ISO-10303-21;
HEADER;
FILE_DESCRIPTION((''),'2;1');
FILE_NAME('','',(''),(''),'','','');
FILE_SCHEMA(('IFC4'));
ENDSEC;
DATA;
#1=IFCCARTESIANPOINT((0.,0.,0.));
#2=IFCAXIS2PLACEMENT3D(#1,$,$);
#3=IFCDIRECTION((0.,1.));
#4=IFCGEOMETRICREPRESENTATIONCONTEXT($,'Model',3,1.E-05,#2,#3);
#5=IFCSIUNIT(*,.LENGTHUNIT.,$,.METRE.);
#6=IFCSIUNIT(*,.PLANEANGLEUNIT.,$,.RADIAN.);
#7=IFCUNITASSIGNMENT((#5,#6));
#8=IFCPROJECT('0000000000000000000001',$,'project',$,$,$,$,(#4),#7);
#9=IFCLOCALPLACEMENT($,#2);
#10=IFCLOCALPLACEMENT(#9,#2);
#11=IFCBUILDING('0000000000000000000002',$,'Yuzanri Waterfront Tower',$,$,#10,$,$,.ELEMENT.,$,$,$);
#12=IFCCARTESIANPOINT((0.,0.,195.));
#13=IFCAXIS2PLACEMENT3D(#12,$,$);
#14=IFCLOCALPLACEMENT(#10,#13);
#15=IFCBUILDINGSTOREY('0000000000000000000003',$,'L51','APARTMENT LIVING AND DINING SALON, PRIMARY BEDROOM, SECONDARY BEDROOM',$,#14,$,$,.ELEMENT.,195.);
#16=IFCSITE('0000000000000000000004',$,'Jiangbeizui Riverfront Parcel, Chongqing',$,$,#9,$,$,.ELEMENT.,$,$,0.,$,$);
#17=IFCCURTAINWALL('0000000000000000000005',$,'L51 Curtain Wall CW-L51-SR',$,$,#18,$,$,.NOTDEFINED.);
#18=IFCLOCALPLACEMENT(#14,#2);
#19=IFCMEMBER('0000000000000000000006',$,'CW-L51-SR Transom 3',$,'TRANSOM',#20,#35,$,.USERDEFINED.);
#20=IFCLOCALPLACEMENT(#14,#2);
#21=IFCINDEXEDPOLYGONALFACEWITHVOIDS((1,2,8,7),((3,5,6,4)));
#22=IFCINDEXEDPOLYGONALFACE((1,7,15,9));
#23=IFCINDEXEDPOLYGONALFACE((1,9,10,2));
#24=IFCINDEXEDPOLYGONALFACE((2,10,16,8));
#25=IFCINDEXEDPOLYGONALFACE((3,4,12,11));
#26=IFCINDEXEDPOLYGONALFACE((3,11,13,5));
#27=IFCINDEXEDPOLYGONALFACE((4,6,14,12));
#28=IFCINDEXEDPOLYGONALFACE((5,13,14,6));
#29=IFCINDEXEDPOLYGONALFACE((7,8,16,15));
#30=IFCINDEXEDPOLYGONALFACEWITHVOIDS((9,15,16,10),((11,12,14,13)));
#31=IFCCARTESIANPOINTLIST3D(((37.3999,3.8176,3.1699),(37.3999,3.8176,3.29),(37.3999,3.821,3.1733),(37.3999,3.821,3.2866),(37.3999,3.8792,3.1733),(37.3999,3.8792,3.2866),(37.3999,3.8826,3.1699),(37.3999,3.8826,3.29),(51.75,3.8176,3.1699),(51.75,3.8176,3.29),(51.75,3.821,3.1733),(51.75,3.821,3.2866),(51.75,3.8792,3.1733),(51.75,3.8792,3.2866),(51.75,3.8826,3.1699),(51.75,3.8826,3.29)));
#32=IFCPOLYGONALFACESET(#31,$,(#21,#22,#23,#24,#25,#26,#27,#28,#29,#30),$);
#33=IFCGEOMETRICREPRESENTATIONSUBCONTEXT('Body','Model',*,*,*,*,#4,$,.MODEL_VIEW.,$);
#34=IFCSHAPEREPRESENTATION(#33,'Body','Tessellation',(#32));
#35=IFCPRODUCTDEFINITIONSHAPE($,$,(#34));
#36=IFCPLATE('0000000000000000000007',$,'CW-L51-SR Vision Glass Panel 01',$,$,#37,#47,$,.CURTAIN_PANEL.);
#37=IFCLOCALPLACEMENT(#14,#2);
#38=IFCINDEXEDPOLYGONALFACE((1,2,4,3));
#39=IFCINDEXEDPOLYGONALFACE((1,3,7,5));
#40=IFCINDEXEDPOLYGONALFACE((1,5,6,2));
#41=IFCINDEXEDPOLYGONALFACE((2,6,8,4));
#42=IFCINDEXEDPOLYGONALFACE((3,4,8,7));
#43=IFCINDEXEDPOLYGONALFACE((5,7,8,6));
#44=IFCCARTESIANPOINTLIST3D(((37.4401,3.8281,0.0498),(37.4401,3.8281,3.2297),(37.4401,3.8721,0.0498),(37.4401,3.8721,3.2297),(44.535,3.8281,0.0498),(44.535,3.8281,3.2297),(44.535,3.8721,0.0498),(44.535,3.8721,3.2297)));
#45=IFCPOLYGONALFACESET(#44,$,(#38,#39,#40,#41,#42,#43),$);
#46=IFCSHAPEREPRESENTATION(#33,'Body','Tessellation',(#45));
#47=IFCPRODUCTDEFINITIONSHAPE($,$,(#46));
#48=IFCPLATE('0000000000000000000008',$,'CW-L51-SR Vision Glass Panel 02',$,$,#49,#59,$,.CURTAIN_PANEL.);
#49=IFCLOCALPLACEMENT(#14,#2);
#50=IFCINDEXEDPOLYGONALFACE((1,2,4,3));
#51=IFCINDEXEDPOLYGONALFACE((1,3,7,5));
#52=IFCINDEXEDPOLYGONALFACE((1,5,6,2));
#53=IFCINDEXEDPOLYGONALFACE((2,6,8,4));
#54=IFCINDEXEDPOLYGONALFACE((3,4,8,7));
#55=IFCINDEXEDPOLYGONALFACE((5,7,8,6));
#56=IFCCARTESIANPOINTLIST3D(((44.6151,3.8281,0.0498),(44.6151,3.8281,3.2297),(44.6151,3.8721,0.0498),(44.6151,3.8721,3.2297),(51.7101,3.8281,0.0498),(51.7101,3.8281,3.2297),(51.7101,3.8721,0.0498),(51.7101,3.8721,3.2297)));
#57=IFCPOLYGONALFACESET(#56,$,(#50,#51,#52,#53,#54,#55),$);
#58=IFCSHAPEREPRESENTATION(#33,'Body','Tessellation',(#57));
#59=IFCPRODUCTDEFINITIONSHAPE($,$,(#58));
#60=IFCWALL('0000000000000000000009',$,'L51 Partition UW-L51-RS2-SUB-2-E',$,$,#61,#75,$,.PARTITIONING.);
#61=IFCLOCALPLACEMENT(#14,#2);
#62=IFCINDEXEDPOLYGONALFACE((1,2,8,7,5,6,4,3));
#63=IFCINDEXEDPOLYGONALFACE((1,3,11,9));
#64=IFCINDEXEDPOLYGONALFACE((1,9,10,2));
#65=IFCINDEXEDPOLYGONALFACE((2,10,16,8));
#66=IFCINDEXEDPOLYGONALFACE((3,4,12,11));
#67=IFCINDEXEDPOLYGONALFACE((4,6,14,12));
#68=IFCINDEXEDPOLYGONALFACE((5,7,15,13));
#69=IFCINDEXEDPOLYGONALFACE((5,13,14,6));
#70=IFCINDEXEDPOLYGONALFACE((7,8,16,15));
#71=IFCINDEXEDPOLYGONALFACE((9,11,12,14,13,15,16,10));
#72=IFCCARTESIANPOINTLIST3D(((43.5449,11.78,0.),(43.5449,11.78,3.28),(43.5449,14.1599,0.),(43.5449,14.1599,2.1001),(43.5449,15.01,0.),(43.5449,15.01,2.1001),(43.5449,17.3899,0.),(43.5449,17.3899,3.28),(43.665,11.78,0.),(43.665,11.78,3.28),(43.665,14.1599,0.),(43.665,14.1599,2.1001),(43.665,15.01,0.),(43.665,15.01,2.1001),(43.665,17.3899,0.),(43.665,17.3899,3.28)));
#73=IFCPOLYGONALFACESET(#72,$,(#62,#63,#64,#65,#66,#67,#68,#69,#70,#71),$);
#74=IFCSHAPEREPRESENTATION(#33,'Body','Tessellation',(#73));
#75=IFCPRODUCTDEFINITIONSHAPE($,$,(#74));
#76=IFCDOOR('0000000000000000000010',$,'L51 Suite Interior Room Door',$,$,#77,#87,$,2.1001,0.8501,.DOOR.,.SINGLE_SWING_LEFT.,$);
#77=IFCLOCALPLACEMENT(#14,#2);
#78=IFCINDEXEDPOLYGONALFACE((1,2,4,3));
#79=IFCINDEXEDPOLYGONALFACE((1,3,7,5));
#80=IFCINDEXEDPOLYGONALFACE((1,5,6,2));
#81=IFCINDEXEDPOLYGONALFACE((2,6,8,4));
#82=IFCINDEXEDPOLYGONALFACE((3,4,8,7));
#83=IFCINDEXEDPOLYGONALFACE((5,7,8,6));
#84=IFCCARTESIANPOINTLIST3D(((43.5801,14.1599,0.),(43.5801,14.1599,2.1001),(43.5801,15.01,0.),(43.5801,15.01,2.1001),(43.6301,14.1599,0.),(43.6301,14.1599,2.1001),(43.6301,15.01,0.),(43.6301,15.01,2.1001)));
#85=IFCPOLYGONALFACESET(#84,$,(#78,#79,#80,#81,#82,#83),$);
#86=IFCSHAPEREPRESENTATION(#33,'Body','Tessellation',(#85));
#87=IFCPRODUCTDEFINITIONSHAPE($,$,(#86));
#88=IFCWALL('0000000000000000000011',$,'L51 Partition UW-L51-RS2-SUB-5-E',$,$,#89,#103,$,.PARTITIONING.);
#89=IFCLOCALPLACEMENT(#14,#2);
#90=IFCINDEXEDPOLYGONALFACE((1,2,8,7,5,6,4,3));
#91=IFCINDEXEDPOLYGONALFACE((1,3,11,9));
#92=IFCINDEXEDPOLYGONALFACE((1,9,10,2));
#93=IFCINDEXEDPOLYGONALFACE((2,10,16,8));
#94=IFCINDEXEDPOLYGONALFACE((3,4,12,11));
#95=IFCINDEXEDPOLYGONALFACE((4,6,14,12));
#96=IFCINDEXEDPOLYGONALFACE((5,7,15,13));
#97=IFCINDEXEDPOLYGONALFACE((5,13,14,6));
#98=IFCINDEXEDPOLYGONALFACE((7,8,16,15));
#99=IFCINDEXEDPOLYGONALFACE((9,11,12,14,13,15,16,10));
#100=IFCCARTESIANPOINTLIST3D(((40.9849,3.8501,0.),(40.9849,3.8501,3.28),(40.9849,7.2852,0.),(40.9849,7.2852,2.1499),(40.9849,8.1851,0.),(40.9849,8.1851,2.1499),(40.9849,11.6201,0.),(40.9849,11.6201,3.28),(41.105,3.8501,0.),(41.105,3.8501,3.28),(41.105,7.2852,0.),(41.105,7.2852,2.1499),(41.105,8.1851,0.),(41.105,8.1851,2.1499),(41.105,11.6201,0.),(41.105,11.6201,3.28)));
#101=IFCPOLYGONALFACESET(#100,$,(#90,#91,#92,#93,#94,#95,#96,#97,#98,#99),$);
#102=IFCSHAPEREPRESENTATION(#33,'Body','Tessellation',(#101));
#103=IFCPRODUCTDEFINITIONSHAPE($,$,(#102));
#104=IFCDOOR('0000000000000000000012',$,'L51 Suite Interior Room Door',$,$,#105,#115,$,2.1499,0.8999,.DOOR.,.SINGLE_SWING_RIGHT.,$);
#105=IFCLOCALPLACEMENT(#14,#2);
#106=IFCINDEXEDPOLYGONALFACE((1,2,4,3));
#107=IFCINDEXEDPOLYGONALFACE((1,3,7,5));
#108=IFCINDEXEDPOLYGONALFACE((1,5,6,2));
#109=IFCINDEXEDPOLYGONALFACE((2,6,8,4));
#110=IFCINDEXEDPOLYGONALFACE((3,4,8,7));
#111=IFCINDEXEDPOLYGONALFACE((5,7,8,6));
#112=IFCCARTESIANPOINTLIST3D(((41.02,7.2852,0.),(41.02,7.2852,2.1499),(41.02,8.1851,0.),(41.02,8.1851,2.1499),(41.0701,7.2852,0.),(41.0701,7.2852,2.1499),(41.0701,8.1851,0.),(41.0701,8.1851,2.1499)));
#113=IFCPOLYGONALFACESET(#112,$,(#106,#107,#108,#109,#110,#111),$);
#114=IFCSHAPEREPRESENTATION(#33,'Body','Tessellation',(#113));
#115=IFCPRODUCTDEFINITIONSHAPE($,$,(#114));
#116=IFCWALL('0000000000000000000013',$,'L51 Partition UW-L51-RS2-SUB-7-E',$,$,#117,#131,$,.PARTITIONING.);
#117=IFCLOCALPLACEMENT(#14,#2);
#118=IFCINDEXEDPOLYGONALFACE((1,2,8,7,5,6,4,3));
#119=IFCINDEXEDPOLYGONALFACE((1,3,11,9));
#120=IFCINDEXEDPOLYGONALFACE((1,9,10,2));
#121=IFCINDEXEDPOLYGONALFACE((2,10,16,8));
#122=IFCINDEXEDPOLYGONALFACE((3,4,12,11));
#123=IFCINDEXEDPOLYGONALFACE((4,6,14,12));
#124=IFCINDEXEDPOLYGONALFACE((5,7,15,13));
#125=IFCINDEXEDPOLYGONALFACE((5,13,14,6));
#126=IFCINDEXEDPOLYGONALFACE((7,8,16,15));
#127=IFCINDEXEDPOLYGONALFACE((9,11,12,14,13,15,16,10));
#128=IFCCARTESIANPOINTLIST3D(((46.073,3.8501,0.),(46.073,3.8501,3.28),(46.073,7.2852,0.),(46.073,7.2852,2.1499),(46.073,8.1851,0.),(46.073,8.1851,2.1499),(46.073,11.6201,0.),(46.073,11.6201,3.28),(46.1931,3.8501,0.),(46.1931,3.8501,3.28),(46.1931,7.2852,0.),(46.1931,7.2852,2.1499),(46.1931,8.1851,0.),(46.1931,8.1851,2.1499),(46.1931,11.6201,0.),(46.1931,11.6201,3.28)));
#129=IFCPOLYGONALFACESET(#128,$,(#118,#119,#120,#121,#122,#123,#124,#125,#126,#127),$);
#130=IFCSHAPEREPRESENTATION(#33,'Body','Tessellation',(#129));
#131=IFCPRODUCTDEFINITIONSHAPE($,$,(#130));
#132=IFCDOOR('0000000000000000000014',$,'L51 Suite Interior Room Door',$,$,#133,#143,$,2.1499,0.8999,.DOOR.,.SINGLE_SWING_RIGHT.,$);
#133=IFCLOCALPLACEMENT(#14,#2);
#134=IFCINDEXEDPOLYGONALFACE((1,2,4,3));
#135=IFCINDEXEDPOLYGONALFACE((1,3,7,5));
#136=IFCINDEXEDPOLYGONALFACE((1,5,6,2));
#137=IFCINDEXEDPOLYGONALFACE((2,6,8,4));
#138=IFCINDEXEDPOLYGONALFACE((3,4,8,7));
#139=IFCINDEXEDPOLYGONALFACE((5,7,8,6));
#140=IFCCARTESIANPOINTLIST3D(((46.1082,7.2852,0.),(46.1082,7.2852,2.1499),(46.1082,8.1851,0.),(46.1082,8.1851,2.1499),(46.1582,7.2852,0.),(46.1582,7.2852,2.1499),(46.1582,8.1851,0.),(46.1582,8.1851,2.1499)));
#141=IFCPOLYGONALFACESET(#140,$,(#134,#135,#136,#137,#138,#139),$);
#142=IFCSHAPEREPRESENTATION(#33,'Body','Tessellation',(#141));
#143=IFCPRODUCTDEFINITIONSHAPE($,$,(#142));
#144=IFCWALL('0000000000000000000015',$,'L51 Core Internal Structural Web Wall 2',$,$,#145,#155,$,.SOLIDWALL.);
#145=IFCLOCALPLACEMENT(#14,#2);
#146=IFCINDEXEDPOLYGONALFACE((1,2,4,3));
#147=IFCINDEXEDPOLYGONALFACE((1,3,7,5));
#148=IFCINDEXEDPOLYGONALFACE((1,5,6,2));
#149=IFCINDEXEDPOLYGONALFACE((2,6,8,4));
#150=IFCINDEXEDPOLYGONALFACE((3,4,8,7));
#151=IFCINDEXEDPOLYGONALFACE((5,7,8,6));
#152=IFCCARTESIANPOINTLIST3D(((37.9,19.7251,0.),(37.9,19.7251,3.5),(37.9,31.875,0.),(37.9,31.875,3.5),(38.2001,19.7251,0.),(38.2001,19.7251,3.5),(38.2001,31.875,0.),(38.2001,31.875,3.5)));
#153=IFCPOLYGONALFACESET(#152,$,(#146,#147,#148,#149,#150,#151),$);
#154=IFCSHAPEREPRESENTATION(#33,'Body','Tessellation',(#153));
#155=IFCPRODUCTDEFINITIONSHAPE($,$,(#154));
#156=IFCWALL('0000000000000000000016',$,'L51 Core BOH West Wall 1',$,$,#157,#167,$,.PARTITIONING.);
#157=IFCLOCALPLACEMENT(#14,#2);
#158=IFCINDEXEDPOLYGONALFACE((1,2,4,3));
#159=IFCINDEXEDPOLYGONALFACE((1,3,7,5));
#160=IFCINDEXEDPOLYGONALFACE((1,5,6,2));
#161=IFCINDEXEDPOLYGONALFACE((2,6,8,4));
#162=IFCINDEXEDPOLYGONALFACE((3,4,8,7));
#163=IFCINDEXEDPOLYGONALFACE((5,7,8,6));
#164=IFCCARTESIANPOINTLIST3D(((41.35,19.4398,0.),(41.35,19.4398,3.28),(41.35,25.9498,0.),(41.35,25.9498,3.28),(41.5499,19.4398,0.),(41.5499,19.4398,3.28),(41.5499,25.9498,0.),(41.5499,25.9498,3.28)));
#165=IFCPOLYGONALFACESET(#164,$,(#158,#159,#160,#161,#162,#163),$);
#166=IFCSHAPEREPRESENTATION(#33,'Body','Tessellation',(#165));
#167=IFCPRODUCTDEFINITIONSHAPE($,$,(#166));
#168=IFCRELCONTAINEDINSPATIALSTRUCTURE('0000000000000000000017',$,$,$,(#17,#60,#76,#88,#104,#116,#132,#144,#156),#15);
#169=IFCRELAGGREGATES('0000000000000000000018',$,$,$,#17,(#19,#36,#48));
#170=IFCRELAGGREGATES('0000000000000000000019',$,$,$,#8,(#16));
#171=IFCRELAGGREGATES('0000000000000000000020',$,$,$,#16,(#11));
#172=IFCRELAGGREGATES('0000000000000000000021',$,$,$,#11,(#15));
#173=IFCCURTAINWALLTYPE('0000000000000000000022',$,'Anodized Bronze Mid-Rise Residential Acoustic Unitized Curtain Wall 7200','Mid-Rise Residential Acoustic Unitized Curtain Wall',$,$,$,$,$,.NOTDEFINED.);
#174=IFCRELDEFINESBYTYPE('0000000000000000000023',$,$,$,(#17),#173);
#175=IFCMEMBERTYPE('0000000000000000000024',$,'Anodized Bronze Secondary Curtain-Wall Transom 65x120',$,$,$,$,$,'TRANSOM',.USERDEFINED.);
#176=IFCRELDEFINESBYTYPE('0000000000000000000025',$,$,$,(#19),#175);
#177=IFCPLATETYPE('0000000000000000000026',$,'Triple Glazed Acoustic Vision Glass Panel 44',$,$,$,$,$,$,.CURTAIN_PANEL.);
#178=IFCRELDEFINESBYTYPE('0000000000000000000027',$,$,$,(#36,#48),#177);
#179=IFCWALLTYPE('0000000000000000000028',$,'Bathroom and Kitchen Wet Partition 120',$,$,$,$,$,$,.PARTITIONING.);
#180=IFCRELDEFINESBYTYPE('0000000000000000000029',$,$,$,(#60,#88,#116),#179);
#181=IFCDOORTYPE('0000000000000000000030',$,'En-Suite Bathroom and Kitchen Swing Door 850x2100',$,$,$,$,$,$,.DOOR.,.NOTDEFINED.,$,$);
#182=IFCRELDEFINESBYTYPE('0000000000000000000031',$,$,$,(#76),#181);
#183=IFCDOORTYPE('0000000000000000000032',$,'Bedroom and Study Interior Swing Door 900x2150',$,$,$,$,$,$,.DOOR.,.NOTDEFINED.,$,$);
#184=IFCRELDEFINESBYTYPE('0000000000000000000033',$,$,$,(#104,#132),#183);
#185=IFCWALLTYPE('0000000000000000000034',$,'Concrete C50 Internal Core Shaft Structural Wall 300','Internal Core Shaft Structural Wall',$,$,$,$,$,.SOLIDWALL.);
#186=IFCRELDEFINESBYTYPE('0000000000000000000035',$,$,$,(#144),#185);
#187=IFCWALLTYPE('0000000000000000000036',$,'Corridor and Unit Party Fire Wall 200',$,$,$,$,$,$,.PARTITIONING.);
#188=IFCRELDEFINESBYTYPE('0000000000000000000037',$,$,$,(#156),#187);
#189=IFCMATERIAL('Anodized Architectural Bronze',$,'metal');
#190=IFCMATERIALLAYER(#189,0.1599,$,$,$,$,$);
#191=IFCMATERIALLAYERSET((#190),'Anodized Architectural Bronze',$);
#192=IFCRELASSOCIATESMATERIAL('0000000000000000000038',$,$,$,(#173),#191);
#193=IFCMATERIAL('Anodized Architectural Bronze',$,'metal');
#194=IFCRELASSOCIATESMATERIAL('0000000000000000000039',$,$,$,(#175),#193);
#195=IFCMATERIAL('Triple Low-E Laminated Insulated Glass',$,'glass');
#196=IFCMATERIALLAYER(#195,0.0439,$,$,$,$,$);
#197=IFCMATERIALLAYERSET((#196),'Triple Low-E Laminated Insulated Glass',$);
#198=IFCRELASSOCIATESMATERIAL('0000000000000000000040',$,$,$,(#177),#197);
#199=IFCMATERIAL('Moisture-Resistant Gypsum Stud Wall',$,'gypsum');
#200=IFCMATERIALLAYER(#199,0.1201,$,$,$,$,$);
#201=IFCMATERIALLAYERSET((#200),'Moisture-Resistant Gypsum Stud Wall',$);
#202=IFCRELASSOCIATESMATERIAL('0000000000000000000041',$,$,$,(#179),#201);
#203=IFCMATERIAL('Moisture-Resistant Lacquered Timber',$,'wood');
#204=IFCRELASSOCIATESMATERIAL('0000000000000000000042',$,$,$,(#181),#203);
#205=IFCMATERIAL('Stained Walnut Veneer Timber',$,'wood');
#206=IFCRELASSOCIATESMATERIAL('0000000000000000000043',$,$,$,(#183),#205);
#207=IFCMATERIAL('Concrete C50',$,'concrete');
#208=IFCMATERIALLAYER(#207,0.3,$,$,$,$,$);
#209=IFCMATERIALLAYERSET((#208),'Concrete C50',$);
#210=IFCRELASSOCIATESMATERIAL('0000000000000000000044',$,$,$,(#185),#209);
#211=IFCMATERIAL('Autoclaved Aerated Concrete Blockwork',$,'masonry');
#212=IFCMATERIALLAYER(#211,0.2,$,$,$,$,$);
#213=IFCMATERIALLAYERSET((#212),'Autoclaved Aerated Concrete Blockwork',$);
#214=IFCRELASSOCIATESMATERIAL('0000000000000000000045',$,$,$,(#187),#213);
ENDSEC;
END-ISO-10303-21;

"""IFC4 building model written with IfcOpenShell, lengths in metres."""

from ifc_helpers import new_model, si_unit, direction, frame, frame_2d, origin, origin_2d, place, context, subcontext, project, spatial, rectangle, hollow_rectangle, extrude, source, transform, mapped, material, layer, layer_set, material_profile, profile_set, type_object, element, fill, aggregate, save


model = new_model("IFC4")

# Units and contexts
model_context = context("Model", 3, precision=1e-05, world=origin(), true_north=direction((0.0, 1.0)))
body_context = subcontext(model_context, "Body", "Model", "MODEL_VIEW")
ifc_project = project(units=[si_unit("LENGTHUNIT", "METRE"), si_unit("PLANEANGLEUNIT", "RADIAN")], contexts=[model_context])

# Site, building, storey
site_placement = place(None, origin())
site = spatial("IfcSite", under=ifc_project, at=site_placement, Name="Jiangbeizui Riverfront Parcel, Chongqing", CompositionType="ELEMENT", RefElevation=0.0)
building_placement = place(site_placement, origin())
building = spatial("IfcBuilding", under=site, at=building_placement, Name="Yuzanri Waterfront Tower", CompositionType="ELEMENT")
storey_placement = place(building_placement, frame((0.0, 0.0, 195.0)))
storey = spatial("IfcBuildingStorey", under=building, at=storey_placement, Name="L51", Description="APARTMENT LIVING AND DINING SALON, PRIMARY BEDROOM, SECONDARY BEDROOM", CompositionType="ELEMENT", Elevation=195.0)

# Curtain wall, member, plates
ifc_material_1 = material(Name="Anodized Architectural Bronze", Category="metal")
ifc_layer_1 = layer(ifc_material_1, 0.1599)
ifc_layer_set_1 = layer_set([ifc_layer_1], Name="Anodized Architectural Bronze")
curtain_wall_type = type_object("IfcCurtainWallType", Name="Anodized Bronze Mid-Rise Residential Acoustic Unitized Curtain Wall 7200", Description="Mid-Rise Residential Acoustic Unitized Curtain Wall", PredefinedType="NOTDEFINED", material=ifc_layer_set_1)
curtain_wall_placement = place(storey_placement, origin())
curtain_wall = element("IfcCurtainWall", 1, at=curtain_wall_placement, inside=storey, type_object=curtain_wall_type, Name="L51 Curtain Wall CW-L51-SR", PredefinedType="NOTDEFINED")
ifc_material_2 = material(Name="Anodized Architectural Bronze", Category="metal")
ifc_material_profile_1 = material_profile(ifc_material_2, hollow_rectangle(XDim=0.0649, YDim=0.1201, WallThickness=0.0034, at=origin_2d()), Name="CWT 65x120")
ifc_profile_set_1 = profile_set([ifc_material_profile_1], Name="Anodized Architectural Bronze")
member_type_1 = type_object("IfcMemberType", Name="Anodized Bronze Secondary Curtain-Wall Transom 65x120", ElementType="TRANSOM", PredefinedType="USERDEFINED", material=ifc_profile_set_1)
shared_shape_1 = source(origin(), body_context, "Body", "SweptSolid", [
    extrude(hollow_rectangle(XDim=0.0649, YDim=0.1201, WallThickness=0.0034, at=origin_2d()), origin(), (0.0, 0.0, 1.0), 14.3501),
])
member_1_placement = place(storey_placement, frame((37.3999, 3.8501, 3.23), z_axis=(1.0, 0.0, 0.0), x_axis=(0.0, 1.0, 0.0)))
member_1 = element("IfcMember", 2, at=member_1_placement, type_object=member_type_1, Name="CW-L51-SR Transom 3", ObjectType="TRANSOM", PredefinedType="USERDEFINED", context=body_context, shape_type="MappedRepresentation", body=[
    mapped(shared_shape_1, transform((0.0, 0.0, 0.0), scale=1.0)),
])
ifc_material_3 = material(Name="Triple Low-E Laminated Insulated Glass", Category="glass")
ifc_layer_2 = layer(ifc_material_3, 0.0439)
ifc_layer_set_2 = layer_set([ifc_layer_2], Name="Triple Low-E Laminated Insulated Glass")
plate_type = type_object("IfcPlateType", Name="Triple Glazed Acoustic Vision Glass Panel 44", PredefinedType="CURTAIN_PANEL", material=ifc_layer_set_2)
shared_shape_2 = source(origin(), body_context, "Body", "SweptSolid", [
    extrude(rectangle(XDim=7.095, YDim=0.0439, at=origin_2d()), origin(), (0.0, 0.0, 1.0), 3.1799),
])
plate_1_placement = place(storey_placement, frame((40.9875, 3.8501, 0.0498), z_axis=(0.0, 0.0, 1.0), x_axis=(1.0, 0.0, 0.0)))
plate_1 = element("IfcPlate", 3, at=plate_1_placement, type_object=plate_type, Name="CW-L51-SR Vision Glass Panel 01", PredefinedType="CURTAIN_PANEL", context=body_context, shape_type="MappedRepresentation", body=[
    mapped(shared_shape_2, transform((0.0, 0.0, 0.0), scale=1.0)),
])
plate_2_placement = place(storey_placement, frame((48.1626, 3.8501, 0.0498), z_axis=(0.0, 0.0, 1.0), x_axis=(1.0, 0.0, 0.0)))
plate_2 = element("IfcPlate", 4, at=plate_2_placement, type_object=plate_type, Name="CW-L51-SR Vision Glass Panel 02", PredefinedType="CURTAIN_PANEL", context=body_context, shape_type="MappedRepresentation", body=[
    mapped(shared_shape_2, transform((0.0, 0.0, 0.0), scale=1.0)),
])
aggregate(curtain_wall, [member_1, plate_1, plate_2])

# Walls, openings, doors
ifc_material_4 = material(Name="Moisture-Resistant Gypsum Stud Wall", Category="gypsum")
ifc_layer_3 = layer(ifc_material_4, 0.1201)
ifc_layer_set_3 = layer_set([ifc_layer_3], Name="Moisture-Resistant Gypsum Stud Wall")
wall_type_1 = type_object("IfcWallType", Name="Bathroom and Kitchen Wet Partition 120", PredefinedType="PARTITIONING", material=ifc_layer_set_3)
wall_1_placement = place(storey_placement, frame((43.605, 11.78, 0.0), z_axis=(0.0, 0.0, 1.0), x_axis=(0.0, 1.0, 0.0)))
wall_1 = element("IfcWall", 5, at=wall_1_placement, inside=storey, type_object=wall_type_1, Name="L51 Partition UW-L51-RS2-SUB-2-E", PredefinedType="PARTITIONING", context=body_context, shape_type="SweptSolid", body=[
    extrude(rectangle(XDim=5.6099, YDim=0.1201, at=frame_2d((2.8049, 0.0))), origin(), (0.0, 0.0, 1.0), 3.28),
])
opening_1_placement = place(wall_1_placement, frame((2.3799, 0.0, 0.0)))
opening_1 = element("IfcOpeningElement", 6, at=opening_1_placement, cuts=wall_1, PredefinedType="OPENING", context=body_context, shape_type="SweptSolid", body=[
    extrude(rectangle(XDim=0.8501, YDim=2.1001, at=frame_2d((0.425, 1.05))), frame((0.0, 0.075, 0.0), z_axis=(0.0, -1.0, 0.0), x_axis=(1.0, 0.0, 0.0)), (0.0, 0.0, 1.0), 0.1499),
])
ifc_material_5 = material(Name="Moisture-Resistant Lacquered Timber", Category="wood")
door_type_1 = type_object("IfcDoorType", Name="En-Suite Bathroom and Kitchen Swing Door 850x2100", OperationType="NOTDEFINED", PredefinedType="DOOR", material=ifc_material_5)
shared_shape_3 = source(origin(), body_context, "Body", "SweptSolid", [
    extrude(rectangle(XDim=0.8501, YDim=2.1001, at=frame_2d((0.425, 1.05))), frame((0.0, 0.0249, 0.0), z_axis=(0.0, -1.0, 0.0), x_axis=(1.0, 0.0, 0.0)), (0.0, 0.0, 1.0), 0.05),
])
door_1_placement = place(opening_1_placement, origin())
door_1 = element("IfcDoor", 7, at=door_1_placement, inside=storey, type_object=door_type_1, Name="L51 Suite Interior Room Door", OperationType="SINGLE_SWING_LEFT", OverallHeight=2.1001, OverallWidth=0.8501, PredefinedType="DOOR", context=body_context, shape_type="MappedRepresentation", body=[
    mapped(shared_shape_3, transform((0.0, 0.0, 0.0), scale=1.0)),
])
fill(opening_1, door_1)
wall_2_placement = place(storey_placement, frame((41.0449, 3.8501, 0.0), z_axis=(0.0, 0.0, 1.0), x_axis=(0.0, 1.0, 0.0)))
wall_2 = element("IfcWall", 8, at=wall_2_placement, inside=storey, type_object=wall_type_1, Name="L51 Partition UW-L51-RS2-SUB-5-E", PredefinedType="PARTITIONING", context=body_context, shape_type="SweptSolid", body=[
    extrude(rectangle(XDim=7.77, YDim=0.1201, at=frame_2d((3.885, 0.0))), origin(), (0.0, 0.0, 1.0), 3.28),
])
opening_2_placement = place(wall_2_placement, frame((3.4351, 0.0, 0.0)))
opening_2 = element("IfcOpeningElement", 9, at=opening_2_placement, cuts=wall_2, PredefinedType="OPENING", context=body_context, shape_type="SweptSolid", body=[
    extrude(rectangle(XDim=0.8999, YDim=2.1499, at=frame_2d((0.45, 1.075))), frame((0.0, 0.075, 0.0), z_axis=(0.0, -1.0, 0.0), x_axis=(1.0, 0.0, 0.0)), (0.0, 0.0, 1.0), 0.1499),
])
ifc_material_6 = material(Name="Stained Walnut Veneer Timber", Category="wood")
door_type_2 = type_object("IfcDoorType", Name="Bedroom and Study Interior Swing Door 900x2150", OperationType="NOTDEFINED", PredefinedType="DOOR", material=ifc_material_6)
shared_shape_4 = source(origin(), body_context, "Body", "SweptSolid", [
    extrude(rectangle(XDim=0.8999, YDim=2.1499, at=frame_2d((0.45, 1.075))), frame((0.0, 0.0249, 0.0), z_axis=(0.0, -1.0, 0.0), x_axis=(1.0, 0.0, 0.0)), (0.0, 0.0, 1.0), 0.05),
])
door_2_placement = place(opening_2_placement, origin())
door_2 = element("IfcDoor", 10, at=door_2_placement, inside=storey, type_object=door_type_2, Name="L51 Suite Interior Room Door", OperationType="SINGLE_SWING_RIGHT", OverallHeight=2.1499, OverallWidth=0.8999, PredefinedType="DOOR", context=body_context, shape_type="MappedRepresentation", body=[
    mapped(shared_shape_4, transform((0.0, 0.0, 0.0), scale=1.0)),
])
fill(opening_2, door_2)
wall_3_placement = place(storey_placement, frame((46.1331, 3.8501, 0.0), z_axis=(0.0, 0.0, 1.0), x_axis=(0.0, 1.0, 0.0)))
wall_3 = element("IfcWall", 11, at=wall_3_placement, inside=storey, type_object=wall_type_1, Name="L51 Partition UW-L51-RS2-SUB-7-E", PredefinedType="PARTITIONING", context=body_context, shape_type="SweptSolid", body=[
    extrude(rectangle(XDim=7.77, YDim=0.1201, at=frame_2d((3.885, 0.0))), origin(), (0.0, 0.0, 1.0), 3.28),
])
opening_3_placement = place(wall_3_placement, frame((3.4351, 0.0, 0.0)))
opening_3 = element("IfcOpeningElement", 12, at=opening_3_placement, cuts=wall_3, PredefinedType="OPENING", context=body_context, shape_type="SweptSolid", body=[
    extrude(rectangle(XDim=0.8999, YDim=2.1499, at=frame_2d((0.45, 1.075))), frame((0.0, 0.075, 0.0), z_axis=(0.0, -1.0, 0.0), x_axis=(1.0, 0.0, 0.0)), (0.0, 0.0, 1.0), 0.1499),
])
door_3_placement = place(opening_3_placement, origin())
door_3 = element("IfcDoor", 13, at=door_3_placement, inside=storey, type_object=door_type_2, Name="L51 Suite Interior Room Door", OperationType="SINGLE_SWING_RIGHT", OverallHeight=2.1499, OverallWidth=0.8999, PredefinedType="DOOR", context=body_context, shape_type="MappedRepresentation", body=[
    mapped(shared_shape_4, transform((0.0, 0.0, 0.0), scale=1.0)),
])
fill(opening_3, door_3)

# Walls
ifc_material_7 = material(Name="Concrete C50", Category="concrete")
ifc_layer_4 = layer(ifc_material_7, 0.3)
ifc_layer_set_4 = layer_set([ifc_layer_4], Name="Concrete C50")
wall_type_2 = type_object("IfcWallType", Name="Concrete C50 Internal Core Shaft Structural Wall 300", Description="Internal Core Shaft Structural Wall", PredefinedType="SOLIDWALL", material=ifc_layer_set_4)
shared_shape_5 = source(origin(), body_context, "Body", "SweptSolid", [
    extrude(rectangle(XDim=12.1499, YDim=0.3, at=frame_2d((6.075, 0.0))), origin(), (0.0, 0.0, 1.0), 3.5),
])
wall_4_placement = place(storey_placement, frame((38.05, 19.7251, 0.0), z_axis=(0.0, 0.0, 1.0), x_axis=(0.0, 1.0, 0.0)))
element("IfcWall", 14, at=wall_4_placement, inside=storey, type_object=wall_type_2, Name="L51 Core Internal Structural Web Wall 2", PredefinedType="SOLIDWALL", context=body_context, shape_type="MappedRepresentation", body=[
    mapped(shared_shape_5, transform((0.0, 0.0, 0.0), scale=1.0)),
])
ifc_material_8 = material(Name="Autoclaved Aerated Concrete Blockwork", Category="masonry")
ifc_layer_5 = layer(ifc_material_8, 0.2)
ifc_layer_set_5 = layer_set([ifc_layer_5], Name="Autoclaved Aerated Concrete Blockwork")
wall_type_3 = type_object("IfcWallType", Name="Corridor and Unit Party Fire Wall 200", PredefinedType="PARTITIONING", material=ifc_layer_set_5)
shared_shape_6 = source(origin(), body_context, "Body", "SweptSolid", [
    extrude(rectangle(XDim=6.51, YDim=0.2, at=frame_2d((3.2549, 0.0))), origin(), (0.0, 0.0, 1.0), 3.28),
])
wall_5_placement = place(storey_placement, frame((41.45, 19.4399, 0.0), z_axis=(0.0, 0.0, 1.0), x_axis=(0.0, 1.0, 0.0)))
element("IfcWall", 15, at=wall_5_placement, inside=storey, type_object=wall_type_3, Name="L51 Core BOH West Wall 1", PredefinedType="PARTITIONING", context=body_context, shape_type="MappedRepresentation", body=[
    mapped(shared_shape_6, transform((0.0, 0.0, 0.0), scale=1.0)),
])

save(model, "model.ifc")
